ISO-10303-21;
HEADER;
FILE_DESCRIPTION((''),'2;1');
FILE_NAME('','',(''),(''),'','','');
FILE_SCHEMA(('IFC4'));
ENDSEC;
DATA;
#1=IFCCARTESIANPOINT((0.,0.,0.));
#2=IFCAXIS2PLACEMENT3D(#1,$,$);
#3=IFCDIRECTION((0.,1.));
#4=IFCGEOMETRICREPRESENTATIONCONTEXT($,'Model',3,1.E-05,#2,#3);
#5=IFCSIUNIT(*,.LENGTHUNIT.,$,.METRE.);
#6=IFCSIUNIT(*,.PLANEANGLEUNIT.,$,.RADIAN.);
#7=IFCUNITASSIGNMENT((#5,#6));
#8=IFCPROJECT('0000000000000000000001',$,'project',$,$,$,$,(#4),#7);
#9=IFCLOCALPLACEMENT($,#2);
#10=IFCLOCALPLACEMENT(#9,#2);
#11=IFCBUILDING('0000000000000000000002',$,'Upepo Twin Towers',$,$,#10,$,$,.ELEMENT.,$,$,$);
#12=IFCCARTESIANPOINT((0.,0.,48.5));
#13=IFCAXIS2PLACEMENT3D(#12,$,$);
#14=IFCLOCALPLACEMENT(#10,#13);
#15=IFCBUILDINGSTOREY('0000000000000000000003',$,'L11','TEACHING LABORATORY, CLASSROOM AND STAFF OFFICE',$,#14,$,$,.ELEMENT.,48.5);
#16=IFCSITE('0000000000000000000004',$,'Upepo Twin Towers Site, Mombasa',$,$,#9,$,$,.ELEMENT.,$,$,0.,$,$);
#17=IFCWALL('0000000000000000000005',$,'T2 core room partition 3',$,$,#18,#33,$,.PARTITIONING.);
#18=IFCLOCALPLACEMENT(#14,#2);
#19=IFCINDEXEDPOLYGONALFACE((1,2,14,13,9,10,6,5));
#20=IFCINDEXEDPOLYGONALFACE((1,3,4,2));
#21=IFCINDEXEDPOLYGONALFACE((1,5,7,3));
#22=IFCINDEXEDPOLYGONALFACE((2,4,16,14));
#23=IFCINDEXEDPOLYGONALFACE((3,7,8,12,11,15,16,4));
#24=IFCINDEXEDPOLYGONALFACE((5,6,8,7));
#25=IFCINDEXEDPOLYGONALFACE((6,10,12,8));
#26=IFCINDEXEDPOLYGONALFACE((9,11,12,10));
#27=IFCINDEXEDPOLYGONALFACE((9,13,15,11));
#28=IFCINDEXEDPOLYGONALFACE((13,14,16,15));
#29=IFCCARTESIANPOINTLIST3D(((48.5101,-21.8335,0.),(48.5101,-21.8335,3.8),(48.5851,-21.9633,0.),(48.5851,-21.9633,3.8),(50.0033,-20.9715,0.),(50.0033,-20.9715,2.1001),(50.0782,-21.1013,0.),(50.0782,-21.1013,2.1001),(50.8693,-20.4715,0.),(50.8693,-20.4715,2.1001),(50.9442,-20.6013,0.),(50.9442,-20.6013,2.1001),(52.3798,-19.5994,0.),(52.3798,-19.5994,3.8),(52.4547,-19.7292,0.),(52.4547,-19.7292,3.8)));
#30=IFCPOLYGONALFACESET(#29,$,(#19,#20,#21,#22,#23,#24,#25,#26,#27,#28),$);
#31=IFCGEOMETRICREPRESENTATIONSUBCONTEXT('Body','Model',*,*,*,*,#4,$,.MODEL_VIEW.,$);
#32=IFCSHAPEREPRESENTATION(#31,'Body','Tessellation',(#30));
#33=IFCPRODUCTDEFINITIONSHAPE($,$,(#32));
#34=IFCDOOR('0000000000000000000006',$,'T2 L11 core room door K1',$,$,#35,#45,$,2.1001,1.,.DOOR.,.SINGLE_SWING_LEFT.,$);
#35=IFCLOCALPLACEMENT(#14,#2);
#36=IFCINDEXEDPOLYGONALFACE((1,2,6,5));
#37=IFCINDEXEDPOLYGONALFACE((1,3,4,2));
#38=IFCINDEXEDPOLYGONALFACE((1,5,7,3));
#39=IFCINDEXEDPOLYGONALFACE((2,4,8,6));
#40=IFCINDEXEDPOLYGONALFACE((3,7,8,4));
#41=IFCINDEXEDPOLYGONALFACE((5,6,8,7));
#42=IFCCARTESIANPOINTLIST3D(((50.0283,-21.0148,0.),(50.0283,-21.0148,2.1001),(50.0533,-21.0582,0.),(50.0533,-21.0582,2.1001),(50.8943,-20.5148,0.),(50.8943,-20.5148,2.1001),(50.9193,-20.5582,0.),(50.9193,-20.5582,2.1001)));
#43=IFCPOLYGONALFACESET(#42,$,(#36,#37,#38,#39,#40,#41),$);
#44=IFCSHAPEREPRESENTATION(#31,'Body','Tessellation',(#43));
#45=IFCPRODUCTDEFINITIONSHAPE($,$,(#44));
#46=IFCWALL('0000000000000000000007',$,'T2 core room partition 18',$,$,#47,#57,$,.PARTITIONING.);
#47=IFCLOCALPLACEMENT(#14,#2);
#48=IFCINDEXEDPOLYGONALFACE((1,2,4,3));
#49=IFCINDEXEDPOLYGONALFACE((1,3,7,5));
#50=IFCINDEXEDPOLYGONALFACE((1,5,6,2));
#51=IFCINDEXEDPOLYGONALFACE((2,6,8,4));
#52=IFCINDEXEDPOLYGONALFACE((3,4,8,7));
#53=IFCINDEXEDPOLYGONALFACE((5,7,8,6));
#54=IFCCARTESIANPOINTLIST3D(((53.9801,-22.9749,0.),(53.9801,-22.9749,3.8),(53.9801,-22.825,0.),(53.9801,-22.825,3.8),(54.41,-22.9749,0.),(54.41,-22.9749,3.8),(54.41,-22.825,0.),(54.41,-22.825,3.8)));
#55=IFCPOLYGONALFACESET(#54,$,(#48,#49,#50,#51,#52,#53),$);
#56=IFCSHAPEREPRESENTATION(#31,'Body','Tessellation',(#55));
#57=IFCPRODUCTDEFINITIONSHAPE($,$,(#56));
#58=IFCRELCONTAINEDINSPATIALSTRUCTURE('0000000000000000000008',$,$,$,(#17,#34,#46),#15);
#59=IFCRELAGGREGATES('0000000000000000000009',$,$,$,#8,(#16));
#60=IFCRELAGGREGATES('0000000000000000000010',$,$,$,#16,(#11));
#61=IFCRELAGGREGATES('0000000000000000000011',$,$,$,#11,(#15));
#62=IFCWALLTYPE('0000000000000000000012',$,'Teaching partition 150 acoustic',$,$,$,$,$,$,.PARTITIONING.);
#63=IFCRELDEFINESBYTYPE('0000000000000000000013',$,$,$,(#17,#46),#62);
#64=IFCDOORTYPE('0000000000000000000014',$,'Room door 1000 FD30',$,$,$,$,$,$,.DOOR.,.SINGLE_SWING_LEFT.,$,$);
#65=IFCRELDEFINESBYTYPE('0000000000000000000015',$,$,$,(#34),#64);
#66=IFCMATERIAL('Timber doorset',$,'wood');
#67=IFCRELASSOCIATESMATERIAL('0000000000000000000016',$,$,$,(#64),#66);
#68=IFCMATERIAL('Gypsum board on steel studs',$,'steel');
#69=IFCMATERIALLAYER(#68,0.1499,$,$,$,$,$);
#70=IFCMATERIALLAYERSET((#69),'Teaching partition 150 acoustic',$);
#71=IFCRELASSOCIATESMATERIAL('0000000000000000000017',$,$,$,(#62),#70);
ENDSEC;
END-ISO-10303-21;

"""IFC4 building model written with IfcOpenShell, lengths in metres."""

from ifc_helpers import new_model, si_unit, direction, frame, frame_2d, origin, place, context, subcontext, project, spatial, rectangle, extrude, material, layer, layer_set, type_object, element, fill, save


model = new_model("IFC4")

# Units and contexts
model_context = context("Model", 3, precision=1e-05, world=origin(), true_north=direction((0.0, 1.0)))
body_context = subcontext(model_context, "Body", "Model", "MODEL_VIEW")
ifc_project = project(units=[si_unit("LENGTHUNIT", "METRE"), si_unit("PLANEANGLEUNIT", "RADIAN")], contexts=[model_context])

# Site, building, storey
site_placement = place(None, origin())
site = spatial("IfcSite", under=ifc_project, at=site_placement, Name="Upepo Twin Towers Site, Mombasa", CompositionType="ELEMENT", RefElevation=0.0)
building_placement = place(site_placement, origin())
building = spatial("IfcBuilding", under=site, at=building_placement, Name="Upepo Twin Towers", CompositionType="ELEMENT")
storey_placement = place(building_placement, frame((0.0, 0.0, 48.5)))
storey = spatial("IfcBuildingStorey", under=building, at=storey_placement, Name="L11", Description="TEACHING LABORATORY, CLASSROOM AND STAFF OFFICE", CompositionType="ELEMENT", Elevation=48.5)

# Shared definitions
ifc_material_1 = material(Name="Timber doorset", Category="wood")
door_type_1 = type_object("IfcDoorType", Name="Room door 1000 FD30", OperationType="SINGLE_SWING_LEFT", PredefinedType="DOOR", material=ifc_material_1)

# Shared definitions
ifc_material_2 = material(Name="Gypsum board on steel studs", Category="steel")
ifc_layer_1 = layer(ifc_material_2, 0.1499)
ifc_layer_set_1 = layer_set([ifc_layer_1], Name="Teaching partition 150 acoustic")
wall_type_1 = type_object("IfcWallType", Name="Teaching partition 150 acoustic", PredefinedType="PARTITIONING", material=ifc_layer_set_1)

# Wall, opening, door
wall_1_placement = place(storey_placement, frame((48.5476, -21.8984, 0.0), z_axis=(0.0, 0.0, 1.0), x_axis=(0.866025, 0.5, 0.0)))
wall_1 = element("IfcWall", 1, at=wall_1_placement, inside=storey, type_object=wall_type_1, Name="T2 core room partition 3", PredefinedType="PARTITIONING", context=body_context, shape_type="SweptSolid", body=[
    extrude(rectangle(XDim=4.4683, YDim=0.1499, at=frame_2d((2.2341, 0.0))), origin(), (0.0, 0.0, 1.0), 3.8),
])
opening_1_placement = place(wall_1_placement, frame((1.7241, 0.0, 0.0)))
opening_1 = element("IfcOpeningElement", 2, at=opening_1_placement, cuts=wall_1, PredefinedType="OPENING", context=body_context, shape_type="SweptSolid", body=[
    extrude(rectangle(XDim=1.0, YDim=2.1001, at=frame_2d((0.5, 1.05))), frame((0.0, 0.085, 0.0), z_axis=(0.0, -1.0, 0.0), x_axis=(1.0, 0.0, 0.0)), (0.0, 0.0, 1.0), 0.1699),
])
door_1_placement = place(opening_1_placement, origin())
door_1 = element("IfcDoor", 3, at=door_1_placement, inside=storey, type_object=door_type_1, Name="T2 L11 core room door K1", OperationType="SINGLE_SWING_LEFT", OverallHeight=2.1001, OverallWidth=1.0, PredefinedType="DOOR", context=body_context, shape_type="SweptSolid", body=[
    extrude(rectangle(XDim=1.0, YDim=2.1001, at=frame_2d((0.5, 1.05))), frame((0.0, 0.0249, 0.0), z_axis=(0.0, -1.0, 0.0), x_axis=(1.0, 0.0, 0.0)), (0.0, 0.0, 1.0), 0.05),
])
fill(opening_1, door_1)

# Wall
wall_2_placement = place(storey_placement, frame((54.4099, -22.8999, 0.0), z_axis=(0.0, 0.0, 1.0), x_axis=(-1.0, 0.0, 0.0)))
element("IfcWall", 4, at=wall_2_placement, inside=storey, type_object=wall_type_1, Name="T2 core room partition 18", PredefinedType="PARTITIONING", context=body_context, shape_type="SweptSolid", body=[
    extrude(rectangle(XDim=0.4299, YDim=0.1499, at=frame_2d((0.2148, 0.0))), origin(), (0.0, 0.0, 1.0), 3.8),
])

save(model, "model.ifc")
